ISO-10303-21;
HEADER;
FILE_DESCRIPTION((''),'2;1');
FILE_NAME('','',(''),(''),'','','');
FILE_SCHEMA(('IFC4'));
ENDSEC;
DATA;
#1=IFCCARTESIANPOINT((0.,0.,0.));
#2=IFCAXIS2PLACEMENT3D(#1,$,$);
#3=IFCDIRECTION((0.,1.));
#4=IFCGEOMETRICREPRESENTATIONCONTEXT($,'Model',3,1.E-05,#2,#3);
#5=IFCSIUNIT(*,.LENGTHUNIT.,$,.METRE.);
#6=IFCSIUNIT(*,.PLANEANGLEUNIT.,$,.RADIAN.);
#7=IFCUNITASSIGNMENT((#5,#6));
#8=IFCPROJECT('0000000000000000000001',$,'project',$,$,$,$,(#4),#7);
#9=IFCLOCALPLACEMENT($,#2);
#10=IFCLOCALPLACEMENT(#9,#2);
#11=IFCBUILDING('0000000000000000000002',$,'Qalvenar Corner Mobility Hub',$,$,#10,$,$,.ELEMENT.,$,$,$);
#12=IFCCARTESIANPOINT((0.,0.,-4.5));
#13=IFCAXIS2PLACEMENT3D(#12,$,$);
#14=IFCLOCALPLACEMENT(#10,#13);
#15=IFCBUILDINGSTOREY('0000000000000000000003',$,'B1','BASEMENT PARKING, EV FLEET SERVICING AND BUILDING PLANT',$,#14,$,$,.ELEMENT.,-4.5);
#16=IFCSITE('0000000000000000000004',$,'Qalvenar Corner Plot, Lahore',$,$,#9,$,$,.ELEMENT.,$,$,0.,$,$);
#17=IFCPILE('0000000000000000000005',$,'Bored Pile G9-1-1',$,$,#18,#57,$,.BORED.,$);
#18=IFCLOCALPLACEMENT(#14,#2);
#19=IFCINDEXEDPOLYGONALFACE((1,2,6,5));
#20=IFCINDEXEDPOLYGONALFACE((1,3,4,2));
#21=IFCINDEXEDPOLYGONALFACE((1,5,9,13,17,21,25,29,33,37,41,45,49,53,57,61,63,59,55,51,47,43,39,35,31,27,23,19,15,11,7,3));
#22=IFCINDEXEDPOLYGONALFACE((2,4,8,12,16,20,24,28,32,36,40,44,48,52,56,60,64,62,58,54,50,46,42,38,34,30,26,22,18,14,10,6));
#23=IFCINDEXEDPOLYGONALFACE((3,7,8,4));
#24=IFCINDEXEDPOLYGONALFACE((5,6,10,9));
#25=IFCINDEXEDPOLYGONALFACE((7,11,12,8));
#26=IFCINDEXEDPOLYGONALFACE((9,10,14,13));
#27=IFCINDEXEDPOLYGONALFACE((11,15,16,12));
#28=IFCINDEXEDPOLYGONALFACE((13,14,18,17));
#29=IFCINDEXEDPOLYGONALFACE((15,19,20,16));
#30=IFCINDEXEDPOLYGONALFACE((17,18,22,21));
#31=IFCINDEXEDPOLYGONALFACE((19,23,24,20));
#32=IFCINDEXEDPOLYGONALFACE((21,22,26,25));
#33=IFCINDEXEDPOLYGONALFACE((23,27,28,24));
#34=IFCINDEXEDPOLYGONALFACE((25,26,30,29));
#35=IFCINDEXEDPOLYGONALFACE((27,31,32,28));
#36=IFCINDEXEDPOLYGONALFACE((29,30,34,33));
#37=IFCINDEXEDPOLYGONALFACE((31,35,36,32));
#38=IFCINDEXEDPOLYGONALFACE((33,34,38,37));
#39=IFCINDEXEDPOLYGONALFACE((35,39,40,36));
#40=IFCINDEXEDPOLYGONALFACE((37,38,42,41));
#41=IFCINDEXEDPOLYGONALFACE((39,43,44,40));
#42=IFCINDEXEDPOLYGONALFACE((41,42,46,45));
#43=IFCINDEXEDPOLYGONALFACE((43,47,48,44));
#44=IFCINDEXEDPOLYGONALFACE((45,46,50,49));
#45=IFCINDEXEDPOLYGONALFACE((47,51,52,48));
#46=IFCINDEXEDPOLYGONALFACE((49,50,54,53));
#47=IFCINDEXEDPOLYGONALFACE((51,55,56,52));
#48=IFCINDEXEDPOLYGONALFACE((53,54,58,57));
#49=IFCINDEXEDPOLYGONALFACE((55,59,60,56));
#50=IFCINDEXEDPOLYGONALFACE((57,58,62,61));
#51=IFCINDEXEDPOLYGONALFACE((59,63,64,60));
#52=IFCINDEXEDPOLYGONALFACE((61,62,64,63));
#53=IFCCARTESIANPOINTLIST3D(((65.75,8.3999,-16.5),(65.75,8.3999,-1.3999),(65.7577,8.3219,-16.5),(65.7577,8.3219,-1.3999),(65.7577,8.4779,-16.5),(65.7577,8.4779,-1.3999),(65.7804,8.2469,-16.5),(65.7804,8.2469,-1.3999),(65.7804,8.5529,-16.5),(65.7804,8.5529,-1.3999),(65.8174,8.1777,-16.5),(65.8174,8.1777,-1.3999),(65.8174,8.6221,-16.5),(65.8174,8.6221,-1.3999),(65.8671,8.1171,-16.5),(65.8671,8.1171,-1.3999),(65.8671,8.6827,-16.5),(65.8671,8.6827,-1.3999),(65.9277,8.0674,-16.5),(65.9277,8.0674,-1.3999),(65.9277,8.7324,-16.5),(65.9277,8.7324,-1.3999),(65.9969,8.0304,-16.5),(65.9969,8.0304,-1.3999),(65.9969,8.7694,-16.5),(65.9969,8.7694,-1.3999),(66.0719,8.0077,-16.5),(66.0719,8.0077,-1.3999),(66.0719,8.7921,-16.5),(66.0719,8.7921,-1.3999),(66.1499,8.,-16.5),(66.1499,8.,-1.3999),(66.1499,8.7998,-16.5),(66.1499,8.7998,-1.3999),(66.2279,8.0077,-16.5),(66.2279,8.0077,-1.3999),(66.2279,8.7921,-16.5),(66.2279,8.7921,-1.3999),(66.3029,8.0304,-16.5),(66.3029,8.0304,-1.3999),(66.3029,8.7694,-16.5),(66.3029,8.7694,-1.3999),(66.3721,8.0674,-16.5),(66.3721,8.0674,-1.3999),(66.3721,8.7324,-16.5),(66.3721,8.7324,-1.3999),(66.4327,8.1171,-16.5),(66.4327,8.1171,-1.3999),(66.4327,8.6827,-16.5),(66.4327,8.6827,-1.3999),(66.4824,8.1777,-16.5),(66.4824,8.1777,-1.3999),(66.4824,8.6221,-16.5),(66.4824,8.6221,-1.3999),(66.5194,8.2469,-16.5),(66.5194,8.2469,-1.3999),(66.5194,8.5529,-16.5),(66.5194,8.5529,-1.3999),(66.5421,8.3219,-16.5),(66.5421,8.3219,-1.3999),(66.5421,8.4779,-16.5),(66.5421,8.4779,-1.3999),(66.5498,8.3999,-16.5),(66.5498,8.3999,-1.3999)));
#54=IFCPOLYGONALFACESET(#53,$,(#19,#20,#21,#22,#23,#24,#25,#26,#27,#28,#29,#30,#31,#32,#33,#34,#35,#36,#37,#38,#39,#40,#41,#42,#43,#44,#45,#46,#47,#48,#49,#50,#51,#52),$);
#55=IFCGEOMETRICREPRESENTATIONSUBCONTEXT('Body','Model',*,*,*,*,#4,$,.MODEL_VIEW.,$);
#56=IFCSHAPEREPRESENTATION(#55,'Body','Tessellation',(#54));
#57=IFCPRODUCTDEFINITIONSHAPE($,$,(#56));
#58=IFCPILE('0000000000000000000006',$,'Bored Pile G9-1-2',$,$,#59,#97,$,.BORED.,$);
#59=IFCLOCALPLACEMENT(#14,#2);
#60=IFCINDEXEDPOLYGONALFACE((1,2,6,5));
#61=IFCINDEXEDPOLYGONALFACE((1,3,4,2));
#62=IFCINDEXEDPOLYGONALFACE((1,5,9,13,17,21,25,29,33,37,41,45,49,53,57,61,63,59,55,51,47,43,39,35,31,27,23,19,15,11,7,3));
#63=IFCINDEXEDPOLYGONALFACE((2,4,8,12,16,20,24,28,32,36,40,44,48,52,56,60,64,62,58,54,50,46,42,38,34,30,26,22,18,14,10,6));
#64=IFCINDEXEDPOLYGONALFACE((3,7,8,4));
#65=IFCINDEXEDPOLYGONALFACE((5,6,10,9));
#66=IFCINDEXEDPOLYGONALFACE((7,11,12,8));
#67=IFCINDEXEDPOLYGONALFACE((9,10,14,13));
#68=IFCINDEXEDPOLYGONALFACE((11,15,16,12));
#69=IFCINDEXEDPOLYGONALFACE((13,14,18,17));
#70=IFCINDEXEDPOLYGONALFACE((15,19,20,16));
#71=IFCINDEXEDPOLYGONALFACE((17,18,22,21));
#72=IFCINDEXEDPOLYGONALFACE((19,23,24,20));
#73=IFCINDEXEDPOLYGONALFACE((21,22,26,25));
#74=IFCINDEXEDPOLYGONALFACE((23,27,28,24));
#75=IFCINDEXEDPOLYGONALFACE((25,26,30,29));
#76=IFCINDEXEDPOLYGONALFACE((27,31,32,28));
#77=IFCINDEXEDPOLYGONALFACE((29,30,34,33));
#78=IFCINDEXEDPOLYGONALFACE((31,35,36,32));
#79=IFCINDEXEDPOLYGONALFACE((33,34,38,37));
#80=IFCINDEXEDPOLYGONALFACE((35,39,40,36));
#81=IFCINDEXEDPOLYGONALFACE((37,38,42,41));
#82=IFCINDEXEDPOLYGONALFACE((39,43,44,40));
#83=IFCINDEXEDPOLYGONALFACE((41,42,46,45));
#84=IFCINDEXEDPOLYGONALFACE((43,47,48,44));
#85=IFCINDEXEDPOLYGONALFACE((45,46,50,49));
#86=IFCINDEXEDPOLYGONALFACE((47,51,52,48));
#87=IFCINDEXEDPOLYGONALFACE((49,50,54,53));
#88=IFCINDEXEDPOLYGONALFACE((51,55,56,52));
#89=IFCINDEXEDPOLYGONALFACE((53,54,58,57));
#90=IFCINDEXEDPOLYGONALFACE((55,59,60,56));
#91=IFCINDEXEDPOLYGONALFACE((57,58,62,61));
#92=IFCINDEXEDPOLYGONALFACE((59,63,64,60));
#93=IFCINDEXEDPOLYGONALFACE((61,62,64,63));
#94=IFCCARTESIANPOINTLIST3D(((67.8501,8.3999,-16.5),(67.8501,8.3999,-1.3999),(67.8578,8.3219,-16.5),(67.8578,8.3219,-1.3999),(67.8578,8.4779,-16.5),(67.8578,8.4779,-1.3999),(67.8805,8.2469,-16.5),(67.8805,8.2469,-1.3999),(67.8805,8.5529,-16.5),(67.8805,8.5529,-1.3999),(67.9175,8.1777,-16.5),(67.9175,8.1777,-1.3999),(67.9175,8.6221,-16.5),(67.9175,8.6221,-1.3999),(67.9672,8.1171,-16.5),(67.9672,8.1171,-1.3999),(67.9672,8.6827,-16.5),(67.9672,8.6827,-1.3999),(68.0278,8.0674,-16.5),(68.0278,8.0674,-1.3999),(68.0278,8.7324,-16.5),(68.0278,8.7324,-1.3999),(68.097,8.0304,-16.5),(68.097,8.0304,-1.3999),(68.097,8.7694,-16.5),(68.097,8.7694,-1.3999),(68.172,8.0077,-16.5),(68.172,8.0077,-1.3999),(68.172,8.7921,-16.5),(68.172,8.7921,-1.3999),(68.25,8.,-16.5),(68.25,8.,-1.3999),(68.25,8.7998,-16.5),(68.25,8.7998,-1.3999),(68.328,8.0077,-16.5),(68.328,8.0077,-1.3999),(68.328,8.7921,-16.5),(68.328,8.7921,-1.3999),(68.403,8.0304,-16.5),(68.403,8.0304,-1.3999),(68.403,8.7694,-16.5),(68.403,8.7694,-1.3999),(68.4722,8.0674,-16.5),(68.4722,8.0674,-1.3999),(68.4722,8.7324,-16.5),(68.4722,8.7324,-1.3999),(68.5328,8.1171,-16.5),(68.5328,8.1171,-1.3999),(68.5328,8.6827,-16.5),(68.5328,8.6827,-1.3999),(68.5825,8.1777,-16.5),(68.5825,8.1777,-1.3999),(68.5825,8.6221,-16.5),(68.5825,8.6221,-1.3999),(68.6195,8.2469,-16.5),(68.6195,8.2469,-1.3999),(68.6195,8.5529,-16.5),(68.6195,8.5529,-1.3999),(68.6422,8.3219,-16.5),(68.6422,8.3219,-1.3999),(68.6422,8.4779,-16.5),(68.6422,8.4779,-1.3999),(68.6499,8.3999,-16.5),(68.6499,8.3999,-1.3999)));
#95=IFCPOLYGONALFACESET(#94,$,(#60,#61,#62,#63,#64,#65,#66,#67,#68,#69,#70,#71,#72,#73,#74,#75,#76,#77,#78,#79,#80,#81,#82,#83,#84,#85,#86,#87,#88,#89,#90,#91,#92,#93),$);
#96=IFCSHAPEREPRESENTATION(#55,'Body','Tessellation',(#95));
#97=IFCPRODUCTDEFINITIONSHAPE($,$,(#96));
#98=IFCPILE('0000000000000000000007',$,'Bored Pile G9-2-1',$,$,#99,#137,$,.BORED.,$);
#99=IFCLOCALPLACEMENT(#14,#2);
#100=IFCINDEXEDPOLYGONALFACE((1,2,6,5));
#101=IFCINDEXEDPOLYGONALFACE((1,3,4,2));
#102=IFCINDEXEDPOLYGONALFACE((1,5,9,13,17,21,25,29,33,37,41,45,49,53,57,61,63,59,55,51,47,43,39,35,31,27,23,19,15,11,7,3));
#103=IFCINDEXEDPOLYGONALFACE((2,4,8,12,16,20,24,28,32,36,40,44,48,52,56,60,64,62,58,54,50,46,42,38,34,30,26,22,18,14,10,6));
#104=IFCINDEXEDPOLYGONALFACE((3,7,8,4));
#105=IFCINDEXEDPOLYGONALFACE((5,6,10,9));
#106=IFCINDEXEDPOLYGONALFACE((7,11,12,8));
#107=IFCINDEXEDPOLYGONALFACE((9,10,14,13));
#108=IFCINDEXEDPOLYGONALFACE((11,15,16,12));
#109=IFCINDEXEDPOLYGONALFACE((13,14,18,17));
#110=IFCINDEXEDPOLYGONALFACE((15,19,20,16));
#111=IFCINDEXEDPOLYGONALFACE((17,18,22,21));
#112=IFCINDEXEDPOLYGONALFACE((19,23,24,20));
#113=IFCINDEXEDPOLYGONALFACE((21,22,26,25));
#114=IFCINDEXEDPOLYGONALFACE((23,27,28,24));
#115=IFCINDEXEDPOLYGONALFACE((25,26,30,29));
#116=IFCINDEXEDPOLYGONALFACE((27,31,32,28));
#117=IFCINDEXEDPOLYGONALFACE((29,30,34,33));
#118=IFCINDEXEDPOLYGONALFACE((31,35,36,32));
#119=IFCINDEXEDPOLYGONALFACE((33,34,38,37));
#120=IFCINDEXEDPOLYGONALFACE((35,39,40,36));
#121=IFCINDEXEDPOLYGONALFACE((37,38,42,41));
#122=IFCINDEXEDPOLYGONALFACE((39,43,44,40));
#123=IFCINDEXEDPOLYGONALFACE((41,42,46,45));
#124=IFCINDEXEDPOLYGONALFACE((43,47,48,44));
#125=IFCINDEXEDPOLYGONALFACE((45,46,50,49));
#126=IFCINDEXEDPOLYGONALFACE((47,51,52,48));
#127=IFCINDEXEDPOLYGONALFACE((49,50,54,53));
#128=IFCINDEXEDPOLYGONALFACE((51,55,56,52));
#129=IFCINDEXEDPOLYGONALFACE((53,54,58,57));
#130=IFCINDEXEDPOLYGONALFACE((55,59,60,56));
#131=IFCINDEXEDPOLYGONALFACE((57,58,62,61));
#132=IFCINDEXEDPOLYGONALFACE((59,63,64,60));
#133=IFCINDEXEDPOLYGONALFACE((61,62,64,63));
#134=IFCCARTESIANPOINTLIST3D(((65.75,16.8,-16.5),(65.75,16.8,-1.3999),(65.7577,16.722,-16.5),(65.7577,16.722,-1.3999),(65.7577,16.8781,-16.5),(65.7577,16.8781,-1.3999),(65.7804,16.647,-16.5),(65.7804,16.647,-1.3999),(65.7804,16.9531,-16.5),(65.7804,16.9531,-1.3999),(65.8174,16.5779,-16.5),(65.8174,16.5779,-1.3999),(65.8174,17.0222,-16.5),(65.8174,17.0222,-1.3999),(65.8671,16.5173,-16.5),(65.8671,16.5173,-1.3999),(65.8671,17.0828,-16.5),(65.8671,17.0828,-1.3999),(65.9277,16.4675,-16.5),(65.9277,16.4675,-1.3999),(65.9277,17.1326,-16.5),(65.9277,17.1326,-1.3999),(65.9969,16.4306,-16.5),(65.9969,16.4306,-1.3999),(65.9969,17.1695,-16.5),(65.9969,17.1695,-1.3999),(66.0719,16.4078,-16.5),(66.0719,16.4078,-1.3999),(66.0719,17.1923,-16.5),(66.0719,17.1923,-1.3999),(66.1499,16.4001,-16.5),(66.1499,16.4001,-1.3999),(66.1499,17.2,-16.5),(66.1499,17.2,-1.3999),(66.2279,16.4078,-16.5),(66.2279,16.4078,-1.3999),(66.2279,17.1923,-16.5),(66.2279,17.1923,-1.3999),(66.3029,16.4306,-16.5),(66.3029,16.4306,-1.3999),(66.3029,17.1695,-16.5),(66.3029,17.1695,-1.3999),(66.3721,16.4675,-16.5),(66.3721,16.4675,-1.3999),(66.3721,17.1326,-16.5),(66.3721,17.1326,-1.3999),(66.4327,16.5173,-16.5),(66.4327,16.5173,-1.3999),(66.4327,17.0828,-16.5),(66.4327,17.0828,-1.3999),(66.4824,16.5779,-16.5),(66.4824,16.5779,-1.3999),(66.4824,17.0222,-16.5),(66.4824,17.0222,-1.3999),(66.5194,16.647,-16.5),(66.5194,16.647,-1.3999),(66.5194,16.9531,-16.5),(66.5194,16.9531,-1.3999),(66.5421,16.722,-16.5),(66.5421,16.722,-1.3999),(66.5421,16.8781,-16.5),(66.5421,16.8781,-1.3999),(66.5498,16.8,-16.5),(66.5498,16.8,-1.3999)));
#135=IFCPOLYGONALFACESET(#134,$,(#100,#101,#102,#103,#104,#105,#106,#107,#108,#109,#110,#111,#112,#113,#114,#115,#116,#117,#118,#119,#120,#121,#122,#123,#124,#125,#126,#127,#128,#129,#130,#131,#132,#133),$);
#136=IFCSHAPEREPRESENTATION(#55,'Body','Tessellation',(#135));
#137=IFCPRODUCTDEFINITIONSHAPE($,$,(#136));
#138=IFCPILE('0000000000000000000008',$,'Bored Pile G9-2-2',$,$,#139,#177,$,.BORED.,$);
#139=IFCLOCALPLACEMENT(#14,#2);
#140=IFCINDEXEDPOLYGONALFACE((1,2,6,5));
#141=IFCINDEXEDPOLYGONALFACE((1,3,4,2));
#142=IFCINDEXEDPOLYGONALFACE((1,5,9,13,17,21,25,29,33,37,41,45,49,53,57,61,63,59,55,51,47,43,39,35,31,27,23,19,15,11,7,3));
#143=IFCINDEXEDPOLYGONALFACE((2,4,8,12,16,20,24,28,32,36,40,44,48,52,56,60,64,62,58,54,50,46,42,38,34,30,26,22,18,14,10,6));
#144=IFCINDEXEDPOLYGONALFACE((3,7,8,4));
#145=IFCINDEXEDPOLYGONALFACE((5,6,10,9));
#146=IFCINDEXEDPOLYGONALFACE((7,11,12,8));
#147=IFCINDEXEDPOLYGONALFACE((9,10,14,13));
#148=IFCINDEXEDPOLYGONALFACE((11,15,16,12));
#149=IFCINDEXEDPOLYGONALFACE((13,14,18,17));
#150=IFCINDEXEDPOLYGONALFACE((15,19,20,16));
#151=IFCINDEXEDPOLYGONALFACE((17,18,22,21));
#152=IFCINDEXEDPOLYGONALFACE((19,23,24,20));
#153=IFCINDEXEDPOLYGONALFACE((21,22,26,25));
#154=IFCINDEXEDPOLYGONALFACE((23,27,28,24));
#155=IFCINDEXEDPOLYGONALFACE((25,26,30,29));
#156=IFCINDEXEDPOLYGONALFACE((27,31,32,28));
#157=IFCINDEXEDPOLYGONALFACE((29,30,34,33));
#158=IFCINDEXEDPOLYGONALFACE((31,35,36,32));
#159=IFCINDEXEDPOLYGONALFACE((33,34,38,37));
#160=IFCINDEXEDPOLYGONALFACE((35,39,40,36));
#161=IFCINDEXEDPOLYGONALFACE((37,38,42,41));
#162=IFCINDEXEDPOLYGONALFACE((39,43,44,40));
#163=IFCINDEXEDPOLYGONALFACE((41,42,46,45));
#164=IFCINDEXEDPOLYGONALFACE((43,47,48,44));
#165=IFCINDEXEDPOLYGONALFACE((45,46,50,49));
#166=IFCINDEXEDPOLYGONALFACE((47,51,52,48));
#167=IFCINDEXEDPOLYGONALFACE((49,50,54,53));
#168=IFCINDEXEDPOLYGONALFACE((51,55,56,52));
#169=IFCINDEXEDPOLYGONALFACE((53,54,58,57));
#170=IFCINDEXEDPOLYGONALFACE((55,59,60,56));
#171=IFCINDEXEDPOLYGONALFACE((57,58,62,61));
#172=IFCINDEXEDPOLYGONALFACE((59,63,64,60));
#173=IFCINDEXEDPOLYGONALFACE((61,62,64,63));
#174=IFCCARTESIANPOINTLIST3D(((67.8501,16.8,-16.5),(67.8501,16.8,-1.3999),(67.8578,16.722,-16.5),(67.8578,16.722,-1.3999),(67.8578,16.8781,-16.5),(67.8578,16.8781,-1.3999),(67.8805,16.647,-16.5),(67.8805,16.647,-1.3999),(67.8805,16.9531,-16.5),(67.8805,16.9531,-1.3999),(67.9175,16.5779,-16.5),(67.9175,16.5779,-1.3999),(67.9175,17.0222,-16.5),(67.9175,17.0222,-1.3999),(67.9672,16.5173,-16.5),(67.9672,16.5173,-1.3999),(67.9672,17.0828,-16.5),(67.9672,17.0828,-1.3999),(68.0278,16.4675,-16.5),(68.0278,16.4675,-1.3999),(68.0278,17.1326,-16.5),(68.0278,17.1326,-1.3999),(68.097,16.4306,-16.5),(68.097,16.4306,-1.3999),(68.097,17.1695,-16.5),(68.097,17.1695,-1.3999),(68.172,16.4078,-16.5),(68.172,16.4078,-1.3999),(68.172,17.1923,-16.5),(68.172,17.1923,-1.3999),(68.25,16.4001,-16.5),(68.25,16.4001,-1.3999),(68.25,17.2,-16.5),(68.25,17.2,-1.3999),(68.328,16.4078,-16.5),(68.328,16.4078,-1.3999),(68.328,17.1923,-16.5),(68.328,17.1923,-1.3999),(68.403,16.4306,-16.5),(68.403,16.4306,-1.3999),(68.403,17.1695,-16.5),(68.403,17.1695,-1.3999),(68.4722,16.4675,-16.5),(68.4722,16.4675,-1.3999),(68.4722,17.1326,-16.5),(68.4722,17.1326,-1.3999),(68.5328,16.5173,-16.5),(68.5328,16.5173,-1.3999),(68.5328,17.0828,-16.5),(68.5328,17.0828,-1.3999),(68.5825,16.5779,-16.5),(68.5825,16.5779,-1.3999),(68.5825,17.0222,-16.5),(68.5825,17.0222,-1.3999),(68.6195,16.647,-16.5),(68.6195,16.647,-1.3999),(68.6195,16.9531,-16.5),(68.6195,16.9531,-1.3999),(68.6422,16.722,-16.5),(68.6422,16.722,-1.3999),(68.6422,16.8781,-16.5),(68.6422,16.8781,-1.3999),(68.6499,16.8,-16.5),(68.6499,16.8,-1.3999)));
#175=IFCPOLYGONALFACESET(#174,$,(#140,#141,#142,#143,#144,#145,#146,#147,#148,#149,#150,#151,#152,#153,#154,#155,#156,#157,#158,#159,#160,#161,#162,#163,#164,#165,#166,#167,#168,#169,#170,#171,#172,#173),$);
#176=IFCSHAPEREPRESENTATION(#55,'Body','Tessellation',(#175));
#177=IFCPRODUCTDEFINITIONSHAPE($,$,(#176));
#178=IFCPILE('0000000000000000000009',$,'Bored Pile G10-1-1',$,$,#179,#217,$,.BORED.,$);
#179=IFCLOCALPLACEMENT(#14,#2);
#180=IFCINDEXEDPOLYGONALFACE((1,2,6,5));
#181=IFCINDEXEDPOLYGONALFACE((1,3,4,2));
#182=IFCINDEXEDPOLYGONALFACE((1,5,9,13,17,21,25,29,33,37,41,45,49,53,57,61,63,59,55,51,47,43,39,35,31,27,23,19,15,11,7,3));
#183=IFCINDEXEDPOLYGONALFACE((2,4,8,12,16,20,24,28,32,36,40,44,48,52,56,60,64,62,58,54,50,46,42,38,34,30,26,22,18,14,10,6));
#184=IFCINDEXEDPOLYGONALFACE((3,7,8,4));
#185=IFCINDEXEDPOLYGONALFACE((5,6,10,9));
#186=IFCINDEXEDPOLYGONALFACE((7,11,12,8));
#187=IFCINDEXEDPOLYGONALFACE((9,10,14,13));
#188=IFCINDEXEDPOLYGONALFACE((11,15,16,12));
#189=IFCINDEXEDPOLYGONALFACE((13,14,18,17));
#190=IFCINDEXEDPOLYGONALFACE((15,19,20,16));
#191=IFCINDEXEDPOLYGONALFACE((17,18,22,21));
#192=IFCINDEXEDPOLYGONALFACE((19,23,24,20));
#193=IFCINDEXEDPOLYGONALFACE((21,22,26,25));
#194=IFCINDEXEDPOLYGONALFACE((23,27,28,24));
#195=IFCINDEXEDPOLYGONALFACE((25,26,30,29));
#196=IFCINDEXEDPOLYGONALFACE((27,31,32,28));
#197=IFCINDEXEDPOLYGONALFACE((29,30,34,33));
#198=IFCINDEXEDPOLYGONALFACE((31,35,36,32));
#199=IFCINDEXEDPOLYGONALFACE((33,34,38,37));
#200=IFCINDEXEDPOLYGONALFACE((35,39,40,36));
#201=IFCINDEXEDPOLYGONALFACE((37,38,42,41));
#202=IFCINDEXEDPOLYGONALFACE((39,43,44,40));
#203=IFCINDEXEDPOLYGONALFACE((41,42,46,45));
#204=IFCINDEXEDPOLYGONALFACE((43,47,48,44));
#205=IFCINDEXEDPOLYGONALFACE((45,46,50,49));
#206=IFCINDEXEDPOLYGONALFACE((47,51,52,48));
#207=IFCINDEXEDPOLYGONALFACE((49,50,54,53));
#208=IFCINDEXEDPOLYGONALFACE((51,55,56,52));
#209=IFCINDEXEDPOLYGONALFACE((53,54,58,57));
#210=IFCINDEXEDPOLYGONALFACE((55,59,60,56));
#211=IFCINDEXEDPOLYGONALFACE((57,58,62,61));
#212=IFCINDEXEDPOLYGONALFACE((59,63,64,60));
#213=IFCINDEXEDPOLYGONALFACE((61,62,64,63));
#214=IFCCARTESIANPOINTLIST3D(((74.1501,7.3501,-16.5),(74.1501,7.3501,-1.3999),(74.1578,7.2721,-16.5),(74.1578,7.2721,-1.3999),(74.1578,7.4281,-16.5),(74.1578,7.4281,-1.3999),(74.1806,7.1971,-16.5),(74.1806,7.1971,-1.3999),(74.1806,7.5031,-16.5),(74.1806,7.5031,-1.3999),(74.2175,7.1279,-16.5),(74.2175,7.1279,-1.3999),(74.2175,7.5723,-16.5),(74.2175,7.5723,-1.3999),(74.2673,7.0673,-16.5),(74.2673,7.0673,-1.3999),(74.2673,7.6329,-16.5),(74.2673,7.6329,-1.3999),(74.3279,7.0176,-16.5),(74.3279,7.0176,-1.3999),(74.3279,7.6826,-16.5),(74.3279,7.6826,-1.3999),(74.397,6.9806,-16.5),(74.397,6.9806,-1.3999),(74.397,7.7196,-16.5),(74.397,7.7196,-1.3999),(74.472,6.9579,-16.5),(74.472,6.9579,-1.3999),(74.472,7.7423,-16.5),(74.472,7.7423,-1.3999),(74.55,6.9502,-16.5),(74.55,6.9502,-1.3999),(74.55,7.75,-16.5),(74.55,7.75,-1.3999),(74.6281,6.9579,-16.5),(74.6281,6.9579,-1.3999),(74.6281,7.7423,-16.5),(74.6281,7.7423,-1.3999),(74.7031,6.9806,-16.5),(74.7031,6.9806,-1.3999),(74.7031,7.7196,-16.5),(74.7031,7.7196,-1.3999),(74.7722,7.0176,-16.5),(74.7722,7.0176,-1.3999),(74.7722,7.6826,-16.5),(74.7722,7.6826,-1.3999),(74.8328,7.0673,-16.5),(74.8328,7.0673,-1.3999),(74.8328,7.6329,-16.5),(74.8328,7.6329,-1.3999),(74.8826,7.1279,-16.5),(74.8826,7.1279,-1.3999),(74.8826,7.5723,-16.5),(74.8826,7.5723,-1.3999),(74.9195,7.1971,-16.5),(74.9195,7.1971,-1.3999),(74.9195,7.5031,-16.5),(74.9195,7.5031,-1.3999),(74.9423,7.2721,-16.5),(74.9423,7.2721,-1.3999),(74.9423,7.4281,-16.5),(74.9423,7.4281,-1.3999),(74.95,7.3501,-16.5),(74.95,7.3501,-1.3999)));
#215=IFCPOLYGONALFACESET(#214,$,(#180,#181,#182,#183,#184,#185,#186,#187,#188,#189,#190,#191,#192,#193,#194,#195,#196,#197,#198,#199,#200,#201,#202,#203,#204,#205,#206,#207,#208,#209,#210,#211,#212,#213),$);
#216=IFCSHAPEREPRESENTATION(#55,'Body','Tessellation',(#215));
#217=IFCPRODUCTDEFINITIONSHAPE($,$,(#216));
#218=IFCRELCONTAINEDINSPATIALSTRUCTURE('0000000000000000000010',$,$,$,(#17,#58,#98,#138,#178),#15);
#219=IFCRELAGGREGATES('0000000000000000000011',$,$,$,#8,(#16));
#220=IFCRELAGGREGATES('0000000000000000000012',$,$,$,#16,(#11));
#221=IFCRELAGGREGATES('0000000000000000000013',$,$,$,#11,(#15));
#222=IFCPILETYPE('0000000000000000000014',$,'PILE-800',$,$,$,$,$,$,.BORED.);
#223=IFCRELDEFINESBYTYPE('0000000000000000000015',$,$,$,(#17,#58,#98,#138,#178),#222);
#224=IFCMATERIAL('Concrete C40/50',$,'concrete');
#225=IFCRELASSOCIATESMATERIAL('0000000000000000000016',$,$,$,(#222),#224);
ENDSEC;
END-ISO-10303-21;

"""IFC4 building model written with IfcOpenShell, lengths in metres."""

from ifc_helpers import new_model, si_unit, direction, frame, origin, origin_2d, place, context, subcontext, project, spatial, circle, extrude, material, material_profile, profile_set, type_object, element, save


model = new_model("IFC4")

# Units and contexts
model_context = context("Model", 3, precision=1e-05, world=origin(), true_north=direction((0.0, 1.0)))
body_context = subcontext(model_context, "Body", "Model", "MODEL_VIEW")
ifc_project = project(units=[si_unit("LENGTHUNIT", "METRE"), si_unit("PLANEANGLEUNIT", "RADIAN")], contexts=[model_context])

# Site, building, storey
site_placement = place(None, origin())
site = spatial("IfcSite", under=ifc_project, at=site_placement, Name="Qalvenar Corner Plot, Lahore", CompositionType="ELEMENT", RefElevation=0.0)
building_placement = place(site_placement, origin())
building = spatial("IfcBuilding", under=site, at=building_placement, Name="Qalvenar Corner Mobility Hub", CompositionType="ELEMENT")
storey_placement = place(building_placement, frame((0.0, 0.0, -4.5)))
storey = spatial("IfcBuildingStorey", under=building, at=storey_placement, Name="B1", Description="BASEMENT PARKING, EV FLEET SERVICING AND BUILDING PLANT", CompositionType="ELEMENT", Elevation=-4.5)

# Shared definitions
ifc_material_1 = material(Name="Concrete C40/50", Category="concrete")

# Piles
ifc_material_profile_1 = material_profile(ifc_material_1, circle(Radius=0.3999, at=origin_2d()), Name="DIA800")
ifc_profile_set_1 = profile_set([ifc_material_profile_1], Name="Concrete C40/50")
pile_type_1 = type_object("IfcPileType", Name="PILE-800", PredefinedType="BORED", material=ifc_profile_set_1)
for number, where, z_axis, x_axis, name in (
    (1, (66.1499, 8.3999, -1.3999), (0.0, 0.0, -1.0), (1.0, 0.0, 0.0), "Bored Pile G9-1-1"),
    (2, (68.25, 8.3999, -1.3999), (0.0, 0.0, -1.0), (1.0, 0.0, 0.0), "Bored Pile G9-1-2"),
    (3, (66.1499, 16.8, -1.3999), (0.0, 0.0, -1.0), (1.0, 0.0, 0.0), "Bored Pile G9-2-1"),
    (4, (68.25, 16.8, -1.3999), (0.0, 0.0, -1.0), (1.0, 0.0, 0.0), "Bored Pile G9-2-2"),
    (5, (74.55, 7.3501, -1.3999), (0.0, 0.0, -1.0), (1.0, 0.0, 0.0), "Bored Pile G10-1-1"),
):
    element("IfcPile", number, at=place(storey_placement, frame(where, z_axis=z_axis, x_axis=x_axis)), inside=storey, type_object=pile_type_1, Name=name, PredefinedType="BORED", context=body_context, shape_type="SweptSolid", body=[
        extrude(circle(Radius=0.3999, at=origin_2d()), origin(), (0.0, 0.0, 1.0), 15.1001),
    ])

save(model, "model.ifc")
